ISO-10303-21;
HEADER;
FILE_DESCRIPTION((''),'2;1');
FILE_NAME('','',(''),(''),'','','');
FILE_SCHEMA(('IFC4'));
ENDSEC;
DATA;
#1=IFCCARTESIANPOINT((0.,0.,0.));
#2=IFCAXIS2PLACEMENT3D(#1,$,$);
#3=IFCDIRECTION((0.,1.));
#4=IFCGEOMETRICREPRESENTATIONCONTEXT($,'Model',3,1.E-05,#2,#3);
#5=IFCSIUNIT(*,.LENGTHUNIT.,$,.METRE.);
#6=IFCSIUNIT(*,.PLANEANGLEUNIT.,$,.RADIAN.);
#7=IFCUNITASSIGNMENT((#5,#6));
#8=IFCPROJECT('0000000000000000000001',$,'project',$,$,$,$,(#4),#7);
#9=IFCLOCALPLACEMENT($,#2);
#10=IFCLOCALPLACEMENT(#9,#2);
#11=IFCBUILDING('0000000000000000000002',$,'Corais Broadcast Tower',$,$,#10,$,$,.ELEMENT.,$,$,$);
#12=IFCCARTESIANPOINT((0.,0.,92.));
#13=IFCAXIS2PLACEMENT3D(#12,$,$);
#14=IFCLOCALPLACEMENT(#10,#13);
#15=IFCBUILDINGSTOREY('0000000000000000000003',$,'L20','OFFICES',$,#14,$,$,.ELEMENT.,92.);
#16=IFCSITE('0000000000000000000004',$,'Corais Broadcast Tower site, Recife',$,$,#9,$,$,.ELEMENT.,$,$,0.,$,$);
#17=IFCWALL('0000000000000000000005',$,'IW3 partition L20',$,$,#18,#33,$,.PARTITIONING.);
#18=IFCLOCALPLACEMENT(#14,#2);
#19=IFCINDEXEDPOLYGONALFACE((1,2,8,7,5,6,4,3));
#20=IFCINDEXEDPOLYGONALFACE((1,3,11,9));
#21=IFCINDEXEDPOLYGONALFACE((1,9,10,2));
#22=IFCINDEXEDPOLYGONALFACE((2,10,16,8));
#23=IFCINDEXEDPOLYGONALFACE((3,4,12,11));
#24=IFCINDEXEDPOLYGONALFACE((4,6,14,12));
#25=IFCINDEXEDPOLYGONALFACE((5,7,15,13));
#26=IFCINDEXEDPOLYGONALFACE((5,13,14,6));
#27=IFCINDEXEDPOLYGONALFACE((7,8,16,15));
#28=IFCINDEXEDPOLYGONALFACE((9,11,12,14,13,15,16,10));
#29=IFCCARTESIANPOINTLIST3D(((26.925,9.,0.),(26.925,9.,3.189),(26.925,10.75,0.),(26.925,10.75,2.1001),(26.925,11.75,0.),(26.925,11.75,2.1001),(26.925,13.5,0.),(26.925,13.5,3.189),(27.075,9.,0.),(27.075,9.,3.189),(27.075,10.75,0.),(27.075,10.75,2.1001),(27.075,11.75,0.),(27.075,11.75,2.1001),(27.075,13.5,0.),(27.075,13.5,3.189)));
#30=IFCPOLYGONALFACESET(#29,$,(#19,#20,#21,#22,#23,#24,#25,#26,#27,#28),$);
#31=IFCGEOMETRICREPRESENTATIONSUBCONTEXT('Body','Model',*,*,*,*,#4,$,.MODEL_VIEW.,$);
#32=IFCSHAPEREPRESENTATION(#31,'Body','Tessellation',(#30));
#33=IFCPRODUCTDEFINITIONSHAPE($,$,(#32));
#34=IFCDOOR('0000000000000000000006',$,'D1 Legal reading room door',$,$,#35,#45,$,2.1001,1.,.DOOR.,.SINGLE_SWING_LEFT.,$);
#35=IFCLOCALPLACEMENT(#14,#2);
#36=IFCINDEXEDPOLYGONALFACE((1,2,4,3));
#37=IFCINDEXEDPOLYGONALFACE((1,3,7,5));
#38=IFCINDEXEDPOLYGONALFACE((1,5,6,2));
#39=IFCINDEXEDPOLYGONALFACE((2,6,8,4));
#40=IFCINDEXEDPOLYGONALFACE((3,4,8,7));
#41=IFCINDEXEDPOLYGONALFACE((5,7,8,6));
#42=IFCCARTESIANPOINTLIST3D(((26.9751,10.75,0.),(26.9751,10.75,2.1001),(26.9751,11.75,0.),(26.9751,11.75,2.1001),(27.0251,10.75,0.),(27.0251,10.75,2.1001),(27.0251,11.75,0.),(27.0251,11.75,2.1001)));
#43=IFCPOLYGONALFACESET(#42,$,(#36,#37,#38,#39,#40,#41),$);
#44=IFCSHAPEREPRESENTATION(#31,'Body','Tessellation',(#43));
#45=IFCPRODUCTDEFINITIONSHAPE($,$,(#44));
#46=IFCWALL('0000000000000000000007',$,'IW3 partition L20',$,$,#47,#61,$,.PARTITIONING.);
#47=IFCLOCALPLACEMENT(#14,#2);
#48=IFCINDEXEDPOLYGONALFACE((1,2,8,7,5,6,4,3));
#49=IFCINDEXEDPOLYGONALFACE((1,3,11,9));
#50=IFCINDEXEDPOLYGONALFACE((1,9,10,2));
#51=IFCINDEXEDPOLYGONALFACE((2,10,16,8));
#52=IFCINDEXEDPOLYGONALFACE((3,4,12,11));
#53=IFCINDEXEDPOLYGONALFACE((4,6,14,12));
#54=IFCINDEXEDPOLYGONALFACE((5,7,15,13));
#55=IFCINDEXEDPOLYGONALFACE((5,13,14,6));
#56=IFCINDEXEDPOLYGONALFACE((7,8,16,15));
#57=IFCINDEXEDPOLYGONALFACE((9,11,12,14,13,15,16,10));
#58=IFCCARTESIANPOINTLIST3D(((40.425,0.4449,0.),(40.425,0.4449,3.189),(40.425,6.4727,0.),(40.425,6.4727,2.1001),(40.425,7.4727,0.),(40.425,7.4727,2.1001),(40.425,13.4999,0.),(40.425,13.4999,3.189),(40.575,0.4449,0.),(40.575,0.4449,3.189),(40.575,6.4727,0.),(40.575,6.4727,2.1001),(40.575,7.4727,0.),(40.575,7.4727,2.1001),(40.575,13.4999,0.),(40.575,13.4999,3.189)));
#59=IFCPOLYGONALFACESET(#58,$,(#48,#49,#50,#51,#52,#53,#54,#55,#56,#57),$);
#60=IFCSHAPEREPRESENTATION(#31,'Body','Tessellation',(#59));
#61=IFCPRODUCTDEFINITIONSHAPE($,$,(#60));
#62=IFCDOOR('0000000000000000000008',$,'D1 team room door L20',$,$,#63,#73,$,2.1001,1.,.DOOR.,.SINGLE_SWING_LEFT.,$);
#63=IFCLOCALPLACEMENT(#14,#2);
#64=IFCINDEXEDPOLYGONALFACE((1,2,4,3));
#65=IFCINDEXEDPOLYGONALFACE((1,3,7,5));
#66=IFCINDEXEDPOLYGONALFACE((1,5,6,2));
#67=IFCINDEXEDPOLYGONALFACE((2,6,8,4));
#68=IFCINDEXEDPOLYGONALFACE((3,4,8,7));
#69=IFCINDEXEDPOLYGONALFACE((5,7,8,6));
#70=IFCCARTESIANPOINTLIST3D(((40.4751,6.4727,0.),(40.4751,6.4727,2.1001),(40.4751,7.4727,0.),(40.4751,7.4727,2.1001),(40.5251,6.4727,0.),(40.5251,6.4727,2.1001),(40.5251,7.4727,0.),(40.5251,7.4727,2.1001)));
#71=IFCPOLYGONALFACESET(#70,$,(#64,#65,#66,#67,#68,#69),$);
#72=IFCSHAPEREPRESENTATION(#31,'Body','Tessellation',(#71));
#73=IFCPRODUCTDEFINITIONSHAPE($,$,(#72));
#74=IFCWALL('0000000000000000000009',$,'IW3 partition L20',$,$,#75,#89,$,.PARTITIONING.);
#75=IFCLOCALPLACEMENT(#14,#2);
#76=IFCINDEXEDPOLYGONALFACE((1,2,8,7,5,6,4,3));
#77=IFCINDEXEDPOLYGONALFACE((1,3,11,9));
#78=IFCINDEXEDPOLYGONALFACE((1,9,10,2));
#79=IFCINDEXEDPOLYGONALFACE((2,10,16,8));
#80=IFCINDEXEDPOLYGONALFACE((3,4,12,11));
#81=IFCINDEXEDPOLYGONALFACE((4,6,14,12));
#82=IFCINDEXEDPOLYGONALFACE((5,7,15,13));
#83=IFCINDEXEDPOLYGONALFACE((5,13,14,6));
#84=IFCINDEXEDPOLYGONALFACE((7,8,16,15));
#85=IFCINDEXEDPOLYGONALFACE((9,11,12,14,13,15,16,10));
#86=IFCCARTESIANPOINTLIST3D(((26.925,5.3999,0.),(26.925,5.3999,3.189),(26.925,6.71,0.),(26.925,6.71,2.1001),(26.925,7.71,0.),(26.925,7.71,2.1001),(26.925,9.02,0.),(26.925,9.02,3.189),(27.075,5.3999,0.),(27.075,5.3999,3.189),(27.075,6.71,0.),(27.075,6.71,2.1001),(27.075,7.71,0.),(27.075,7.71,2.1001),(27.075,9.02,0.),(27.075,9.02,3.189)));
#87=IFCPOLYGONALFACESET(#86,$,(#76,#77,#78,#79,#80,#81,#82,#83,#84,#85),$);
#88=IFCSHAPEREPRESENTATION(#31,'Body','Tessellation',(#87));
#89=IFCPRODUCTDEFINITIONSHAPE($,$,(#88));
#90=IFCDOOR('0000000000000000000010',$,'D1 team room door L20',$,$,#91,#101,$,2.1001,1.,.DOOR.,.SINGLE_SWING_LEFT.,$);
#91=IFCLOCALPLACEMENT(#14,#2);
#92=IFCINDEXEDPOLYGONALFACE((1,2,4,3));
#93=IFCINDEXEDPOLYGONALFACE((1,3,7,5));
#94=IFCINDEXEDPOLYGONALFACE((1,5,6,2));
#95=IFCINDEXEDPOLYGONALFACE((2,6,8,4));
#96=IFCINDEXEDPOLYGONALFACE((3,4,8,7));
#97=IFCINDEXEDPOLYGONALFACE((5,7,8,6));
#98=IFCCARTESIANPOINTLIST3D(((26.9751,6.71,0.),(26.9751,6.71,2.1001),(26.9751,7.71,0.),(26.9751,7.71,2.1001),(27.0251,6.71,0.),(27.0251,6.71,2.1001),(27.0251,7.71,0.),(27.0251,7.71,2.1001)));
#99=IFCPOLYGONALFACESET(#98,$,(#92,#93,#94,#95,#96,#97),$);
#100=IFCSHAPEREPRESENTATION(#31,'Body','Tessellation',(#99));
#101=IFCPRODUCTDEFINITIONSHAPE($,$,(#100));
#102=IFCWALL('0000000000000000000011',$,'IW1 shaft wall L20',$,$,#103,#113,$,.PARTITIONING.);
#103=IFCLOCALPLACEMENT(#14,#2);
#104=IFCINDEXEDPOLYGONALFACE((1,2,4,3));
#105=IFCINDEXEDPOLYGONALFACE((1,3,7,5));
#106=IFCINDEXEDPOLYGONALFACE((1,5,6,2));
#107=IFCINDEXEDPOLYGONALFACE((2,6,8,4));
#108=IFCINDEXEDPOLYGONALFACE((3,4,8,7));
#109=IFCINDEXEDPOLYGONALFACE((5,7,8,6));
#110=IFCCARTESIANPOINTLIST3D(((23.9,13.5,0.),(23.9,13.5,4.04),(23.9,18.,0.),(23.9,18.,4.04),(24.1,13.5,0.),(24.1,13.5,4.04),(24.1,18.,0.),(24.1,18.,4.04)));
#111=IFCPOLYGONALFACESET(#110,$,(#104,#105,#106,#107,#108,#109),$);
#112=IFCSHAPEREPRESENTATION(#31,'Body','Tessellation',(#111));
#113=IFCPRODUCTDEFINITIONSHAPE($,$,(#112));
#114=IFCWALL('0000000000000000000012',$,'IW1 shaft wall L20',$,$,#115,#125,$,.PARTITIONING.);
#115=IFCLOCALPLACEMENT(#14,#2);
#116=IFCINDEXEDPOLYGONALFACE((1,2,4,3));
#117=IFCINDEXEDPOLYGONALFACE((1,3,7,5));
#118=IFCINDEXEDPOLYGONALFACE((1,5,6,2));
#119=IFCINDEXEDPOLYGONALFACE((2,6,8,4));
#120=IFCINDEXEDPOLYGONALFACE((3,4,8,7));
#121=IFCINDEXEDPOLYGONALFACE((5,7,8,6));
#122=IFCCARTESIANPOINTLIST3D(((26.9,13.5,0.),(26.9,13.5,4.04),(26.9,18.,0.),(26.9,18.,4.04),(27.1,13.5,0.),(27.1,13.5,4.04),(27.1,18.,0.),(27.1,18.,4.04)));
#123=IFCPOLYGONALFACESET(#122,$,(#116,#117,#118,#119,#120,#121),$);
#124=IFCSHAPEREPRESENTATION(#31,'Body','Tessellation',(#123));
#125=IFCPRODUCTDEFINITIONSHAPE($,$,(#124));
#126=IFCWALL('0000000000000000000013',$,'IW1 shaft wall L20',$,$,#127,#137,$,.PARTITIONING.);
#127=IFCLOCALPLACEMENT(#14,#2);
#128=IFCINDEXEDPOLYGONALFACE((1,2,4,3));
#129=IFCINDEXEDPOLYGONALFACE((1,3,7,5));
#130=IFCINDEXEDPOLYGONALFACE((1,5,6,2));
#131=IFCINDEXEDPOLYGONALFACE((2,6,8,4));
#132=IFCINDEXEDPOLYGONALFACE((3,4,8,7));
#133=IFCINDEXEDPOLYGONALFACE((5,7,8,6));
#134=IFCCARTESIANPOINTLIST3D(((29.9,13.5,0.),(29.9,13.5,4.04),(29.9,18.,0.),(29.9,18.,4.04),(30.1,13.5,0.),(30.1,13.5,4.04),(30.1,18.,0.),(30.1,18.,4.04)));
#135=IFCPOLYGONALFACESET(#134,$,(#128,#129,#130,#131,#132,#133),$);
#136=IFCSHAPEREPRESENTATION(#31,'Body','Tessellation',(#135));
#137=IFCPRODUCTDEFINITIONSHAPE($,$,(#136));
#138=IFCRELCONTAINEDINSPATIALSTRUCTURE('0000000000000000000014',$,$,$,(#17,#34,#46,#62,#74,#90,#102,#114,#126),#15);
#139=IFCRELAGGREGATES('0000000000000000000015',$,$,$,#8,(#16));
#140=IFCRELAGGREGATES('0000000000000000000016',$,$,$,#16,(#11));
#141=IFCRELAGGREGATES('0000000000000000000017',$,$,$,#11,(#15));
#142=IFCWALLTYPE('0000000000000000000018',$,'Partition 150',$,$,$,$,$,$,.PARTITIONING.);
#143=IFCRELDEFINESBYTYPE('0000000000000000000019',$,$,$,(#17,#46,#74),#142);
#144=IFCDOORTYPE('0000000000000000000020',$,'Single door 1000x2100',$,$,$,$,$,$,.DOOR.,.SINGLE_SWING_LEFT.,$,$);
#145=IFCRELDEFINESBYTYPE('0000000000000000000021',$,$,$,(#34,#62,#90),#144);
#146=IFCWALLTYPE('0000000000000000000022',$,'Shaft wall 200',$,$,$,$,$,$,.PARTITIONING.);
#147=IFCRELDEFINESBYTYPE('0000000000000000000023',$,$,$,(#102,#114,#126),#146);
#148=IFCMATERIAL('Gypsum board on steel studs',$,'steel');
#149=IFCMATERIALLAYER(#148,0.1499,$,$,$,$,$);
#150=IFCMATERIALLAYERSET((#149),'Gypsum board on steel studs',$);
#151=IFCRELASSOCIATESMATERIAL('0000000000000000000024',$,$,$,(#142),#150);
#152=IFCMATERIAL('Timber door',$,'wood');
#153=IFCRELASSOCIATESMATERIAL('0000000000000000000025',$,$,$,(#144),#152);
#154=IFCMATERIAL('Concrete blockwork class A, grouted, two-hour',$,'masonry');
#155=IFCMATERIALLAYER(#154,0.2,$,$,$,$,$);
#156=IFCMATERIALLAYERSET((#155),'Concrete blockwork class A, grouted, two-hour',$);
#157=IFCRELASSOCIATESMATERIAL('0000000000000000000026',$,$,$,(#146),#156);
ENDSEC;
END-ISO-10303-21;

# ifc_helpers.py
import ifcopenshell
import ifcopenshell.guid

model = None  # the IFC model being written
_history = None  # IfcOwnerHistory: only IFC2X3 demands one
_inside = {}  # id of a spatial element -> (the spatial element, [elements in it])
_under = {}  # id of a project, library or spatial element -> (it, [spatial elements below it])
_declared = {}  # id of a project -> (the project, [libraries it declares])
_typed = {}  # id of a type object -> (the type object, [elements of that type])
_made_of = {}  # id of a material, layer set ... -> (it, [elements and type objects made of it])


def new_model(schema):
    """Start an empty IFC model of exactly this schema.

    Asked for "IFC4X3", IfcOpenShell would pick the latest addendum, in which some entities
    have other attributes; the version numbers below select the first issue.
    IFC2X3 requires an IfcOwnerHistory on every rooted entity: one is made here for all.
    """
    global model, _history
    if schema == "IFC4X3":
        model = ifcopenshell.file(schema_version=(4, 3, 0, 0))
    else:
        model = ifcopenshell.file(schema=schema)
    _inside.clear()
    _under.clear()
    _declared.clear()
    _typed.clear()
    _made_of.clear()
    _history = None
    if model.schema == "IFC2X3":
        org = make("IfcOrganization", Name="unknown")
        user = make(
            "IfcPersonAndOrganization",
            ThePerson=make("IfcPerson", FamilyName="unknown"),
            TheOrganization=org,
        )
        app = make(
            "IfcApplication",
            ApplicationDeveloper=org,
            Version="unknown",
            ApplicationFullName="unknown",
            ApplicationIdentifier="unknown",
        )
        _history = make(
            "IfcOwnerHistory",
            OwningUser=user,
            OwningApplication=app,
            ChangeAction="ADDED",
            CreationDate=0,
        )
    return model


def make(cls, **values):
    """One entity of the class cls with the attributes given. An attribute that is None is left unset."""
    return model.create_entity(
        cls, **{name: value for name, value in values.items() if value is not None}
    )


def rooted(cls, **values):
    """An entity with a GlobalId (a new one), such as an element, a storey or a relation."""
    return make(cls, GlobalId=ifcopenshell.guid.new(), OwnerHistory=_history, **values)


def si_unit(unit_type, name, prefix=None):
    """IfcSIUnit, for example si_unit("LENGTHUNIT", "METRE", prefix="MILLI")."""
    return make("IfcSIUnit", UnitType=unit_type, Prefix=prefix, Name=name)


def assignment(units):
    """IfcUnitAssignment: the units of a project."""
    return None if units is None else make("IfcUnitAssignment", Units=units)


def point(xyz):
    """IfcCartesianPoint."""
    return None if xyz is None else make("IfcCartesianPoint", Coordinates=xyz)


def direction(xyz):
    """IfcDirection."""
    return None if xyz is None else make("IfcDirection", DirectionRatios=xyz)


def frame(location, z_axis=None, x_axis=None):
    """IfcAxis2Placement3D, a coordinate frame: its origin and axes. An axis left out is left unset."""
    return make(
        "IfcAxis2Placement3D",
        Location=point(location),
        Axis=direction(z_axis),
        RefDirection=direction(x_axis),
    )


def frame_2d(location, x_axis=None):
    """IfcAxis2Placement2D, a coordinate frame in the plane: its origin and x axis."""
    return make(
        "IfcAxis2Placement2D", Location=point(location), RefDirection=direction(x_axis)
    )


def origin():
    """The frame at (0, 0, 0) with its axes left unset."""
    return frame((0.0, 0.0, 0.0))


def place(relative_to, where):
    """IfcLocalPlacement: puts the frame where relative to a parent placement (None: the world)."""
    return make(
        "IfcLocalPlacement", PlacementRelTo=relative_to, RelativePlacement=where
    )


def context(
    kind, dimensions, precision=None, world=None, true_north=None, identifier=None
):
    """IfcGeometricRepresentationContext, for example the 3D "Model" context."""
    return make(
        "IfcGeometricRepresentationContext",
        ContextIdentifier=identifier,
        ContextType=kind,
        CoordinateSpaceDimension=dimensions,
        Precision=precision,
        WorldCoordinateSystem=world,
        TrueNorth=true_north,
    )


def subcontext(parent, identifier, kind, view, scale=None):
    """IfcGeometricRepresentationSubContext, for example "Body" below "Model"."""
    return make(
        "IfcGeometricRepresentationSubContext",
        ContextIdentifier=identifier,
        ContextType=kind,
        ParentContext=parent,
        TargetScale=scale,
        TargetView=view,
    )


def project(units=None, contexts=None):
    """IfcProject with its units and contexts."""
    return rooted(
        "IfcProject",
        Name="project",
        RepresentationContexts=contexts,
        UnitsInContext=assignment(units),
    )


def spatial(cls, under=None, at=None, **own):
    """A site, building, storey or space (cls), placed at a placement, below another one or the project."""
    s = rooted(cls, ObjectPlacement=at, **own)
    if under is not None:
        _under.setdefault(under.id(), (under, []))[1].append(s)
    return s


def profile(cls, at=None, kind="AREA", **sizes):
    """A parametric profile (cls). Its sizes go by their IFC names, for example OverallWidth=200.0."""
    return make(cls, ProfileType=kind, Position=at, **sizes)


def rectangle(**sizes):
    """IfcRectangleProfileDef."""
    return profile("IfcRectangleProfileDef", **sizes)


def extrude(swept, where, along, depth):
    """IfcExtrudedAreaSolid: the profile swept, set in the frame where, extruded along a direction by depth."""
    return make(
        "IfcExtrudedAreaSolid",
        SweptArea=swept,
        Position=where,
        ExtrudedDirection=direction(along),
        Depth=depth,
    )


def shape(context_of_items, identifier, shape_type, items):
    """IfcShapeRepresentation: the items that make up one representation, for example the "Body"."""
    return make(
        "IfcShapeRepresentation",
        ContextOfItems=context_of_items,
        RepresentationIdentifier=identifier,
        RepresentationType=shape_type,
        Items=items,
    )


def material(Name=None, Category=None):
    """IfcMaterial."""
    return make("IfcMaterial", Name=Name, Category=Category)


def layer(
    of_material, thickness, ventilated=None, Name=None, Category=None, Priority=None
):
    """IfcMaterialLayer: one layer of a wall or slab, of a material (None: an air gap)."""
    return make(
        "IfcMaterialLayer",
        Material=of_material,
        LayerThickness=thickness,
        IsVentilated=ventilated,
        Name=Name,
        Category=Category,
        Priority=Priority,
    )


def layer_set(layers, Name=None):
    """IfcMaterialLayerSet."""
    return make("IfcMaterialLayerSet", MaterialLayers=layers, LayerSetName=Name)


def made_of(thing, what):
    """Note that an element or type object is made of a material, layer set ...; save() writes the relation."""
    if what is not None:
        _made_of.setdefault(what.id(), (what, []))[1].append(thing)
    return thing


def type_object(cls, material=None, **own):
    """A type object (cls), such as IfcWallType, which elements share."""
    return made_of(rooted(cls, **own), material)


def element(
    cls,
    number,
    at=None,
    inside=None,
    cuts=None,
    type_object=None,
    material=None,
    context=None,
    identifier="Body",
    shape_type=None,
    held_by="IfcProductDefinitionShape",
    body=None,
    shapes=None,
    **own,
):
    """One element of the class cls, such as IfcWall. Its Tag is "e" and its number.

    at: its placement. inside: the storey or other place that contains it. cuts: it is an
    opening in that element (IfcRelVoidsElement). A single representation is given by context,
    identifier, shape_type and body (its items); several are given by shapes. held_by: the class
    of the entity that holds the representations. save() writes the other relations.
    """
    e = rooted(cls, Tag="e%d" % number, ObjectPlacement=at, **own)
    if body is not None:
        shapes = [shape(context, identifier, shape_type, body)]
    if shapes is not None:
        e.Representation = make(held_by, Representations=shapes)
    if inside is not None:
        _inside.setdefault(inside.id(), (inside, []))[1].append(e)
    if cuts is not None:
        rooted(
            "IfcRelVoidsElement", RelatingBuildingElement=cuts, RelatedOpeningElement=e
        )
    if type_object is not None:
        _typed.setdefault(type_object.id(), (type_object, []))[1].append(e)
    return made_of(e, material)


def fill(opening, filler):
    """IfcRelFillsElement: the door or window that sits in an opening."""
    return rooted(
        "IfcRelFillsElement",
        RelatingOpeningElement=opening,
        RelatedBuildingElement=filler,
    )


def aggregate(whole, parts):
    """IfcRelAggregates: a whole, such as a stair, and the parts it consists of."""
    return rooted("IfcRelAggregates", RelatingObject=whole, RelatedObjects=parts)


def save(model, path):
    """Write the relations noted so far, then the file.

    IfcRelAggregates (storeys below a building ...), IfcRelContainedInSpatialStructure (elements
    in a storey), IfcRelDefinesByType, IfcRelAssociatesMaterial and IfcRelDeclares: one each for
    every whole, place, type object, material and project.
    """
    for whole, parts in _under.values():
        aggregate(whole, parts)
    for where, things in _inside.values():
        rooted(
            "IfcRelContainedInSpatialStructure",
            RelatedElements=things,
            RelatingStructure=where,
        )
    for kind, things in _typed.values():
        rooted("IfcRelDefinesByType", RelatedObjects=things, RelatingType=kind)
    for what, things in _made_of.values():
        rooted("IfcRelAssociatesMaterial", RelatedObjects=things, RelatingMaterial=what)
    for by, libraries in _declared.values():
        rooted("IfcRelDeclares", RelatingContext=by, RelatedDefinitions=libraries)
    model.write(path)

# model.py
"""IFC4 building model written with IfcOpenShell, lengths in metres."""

from ifc_helpers import new_model, si_unit, direction, frame, frame_2d, origin, place, context, subcontext, project, spatial, rectangle, extrude, material, layer, layer_set, type_object, element, fill, save


model = new_model("IFC4")

# Units and contexts
model_context = context("Model", 3, precision=1e-05, world=origin(), true_north=direction((0.0, 1.0)))
body_context = subcontext(model_context, "Body", "Model", "MODEL_VIEW")
ifc_project = project(units=[si_unit("LENGTHUNIT", "METRE"), si_unit("PLANEANGLEUNIT", "RADIAN")], contexts=[model_context])

# Site, building, storey
site_placement = place(None, origin())
site = spatial("IfcSite", under=ifc_project, at=site_placement, Name="Corais Broadcast Tower site, Recife", CompositionType="ELEMENT", RefElevation=0.0)
building_placement = place(site_placement, origin())
building = spatial("IfcBuilding", under=site, at=building_placement, Name="Corais Broadcast Tower", CompositionType="ELEMENT")
storey_placement = place(building_placement, frame((0.0, 0.0, 92.0)))
storey = spatial("IfcBuildingStorey", under=building, at=storey_placement, Name="L20", Description="OFFICES", CompositionType="ELEMENT", Elevation=92.0)

# Shared definitions
ifc_material_1 = material(Name="Gypsum board on steel studs", Category="steel")
ifc_layer_1 = layer(ifc_material_1, 0.1499)
ifc_layer_set_1 = layer_set([ifc_layer_1], Name="Gypsum board on steel studs")
wall_type_1 = type_object("IfcWallType", Name="Partition 150", PredefinedType="PARTITIONING", material=ifc_layer_set_1)

# Shared definitions
ifc_material_2 = material(Name="Timber door", Category="wood")
door_type = type_object("IfcDoorType", Name="Single door 1000x2100", OperationType="SINGLE_SWING_LEFT", PredefinedType="DOOR", material=ifc_material_2)

# Walls, openings, doors
wall_1_placement = place(storey_placement, frame((27.0, 9.0, 0.0), z_axis=(0.0, 0.0, 1.0), x_axis=(0.0, 1.0, 0.0)))
wall_1 = element("IfcWall", 1, at=wall_1_placement, inside=storey, type_object=wall_type_1, Name="IW3 partition L20", PredefinedType="PARTITIONING", context=body_context, shape_type="SweptSolid", body=[
    extrude(rectangle(XDim=4.5, YDim=0.1499, at=frame_2d((2.25, 0.0))), origin(), (0.0, 0.0, 1.0), 3.189),
])
opening_1_placement = place(wall_1_placement, frame((1.75, 0.0, 0.0)))
opening_1 = element("IfcOpeningElement", 2, at=opening_1_placement, cuts=wall_1, PredefinedType="OPENING", context=body_context, shape_type="SweptSolid", body=[
    extrude(rectangle(XDim=1.0, YDim=2.1001, at=frame_2d((0.5, 1.05))), frame((0.0, 0.085, 0.0), z_axis=(0.0, -1.0, 0.0), x_axis=(1.0, 0.0, 0.0)), (0.0, 0.0, 1.0), 0.1699),
])
door_1_placement = place(opening_1_placement, origin())
door_1 = element("IfcDoor", 3, at=door_1_placement, inside=storey, type_object=door_type, Name="D1 Legal reading room door", OperationType="SINGLE_SWING_LEFT", OverallHeight=2.1001, OverallWidth=1.0, PredefinedType="DOOR", context=body_context, shape_type="SweptSolid", body=[
    extrude(rectangle(XDim=1.0, YDim=2.1001, at=frame_2d((0.5, 1.05))), frame((0.0, 0.0249, 0.0), z_axis=(0.0, -1.0, 0.0), x_axis=(1.0, 0.0, 0.0)), (0.0, 0.0, 1.0), 0.05),
])
fill(opening_1, door_1)
wall_2_placement = place(storey_placement, frame((40.5, 0.4451, 0.0), z_axis=(0.0, 0.0, 1.0), x_axis=(0.0, 1.0, 0.0)))
wall_2 = element("IfcWall", 4, at=wall_2_placement, inside=storey, type_object=wall_type_1, Name="IW3 partition L20", PredefinedType="PARTITIONING", context=body_context, shape_type="SweptSolid", body=[
    extrude(rectangle(XDim=13.0549, YDim=0.1499, at=frame_2d((6.5273, 0.0))), origin(), (0.0, 0.0, 1.0), 3.189),
])
opening_2_placement = place(wall_2_placement, frame((6.0276, 0.0, 0.0)))
opening_2 = element("IfcOpeningElement", 5, at=opening_2_placement, cuts=wall_2, PredefinedType="OPENING", context=body_context, shape_type="SweptSolid", body=[
    extrude(rectangle(XDim=1.0, YDim=2.1001, at=frame_2d((0.5, 1.05))), frame((0.0, 0.085, 0.0), z_axis=(0.0, -1.0, 0.0), x_axis=(1.0, 0.0, 0.0)), (0.0, 0.0, 1.0), 0.1699),
])
door_2_placement = place(opening_2_placement, origin())
door_2 = element("IfcDoor", 6, at=door_2_placement, inside=storey, type_object=door_type, Name="D1 team room door L20", OperationType="SINGLE_SWING_LEFT", OverallHeight=2.1001, OverallWidth=1.0, PredefinedType="DOOR", context=body_context, shape_type="SweptSolid", body=[
    extrude(rectangle(XDim=1.0, YDim=2.1001, at=frame_2d((0.5, 1.05))), frame((0.0, 0.0249, 0.0), z_axis=(0.0, -1.0, 0.0), x_axis=(1.0, 0.0, 0.0)), (0.0, 0.0, 1.0), 0.05),
])
fill(opening_2, door_2)
wall_3_placement = place(storey_placement, frame((27.0, 5.3999, 0.0), z_axis=(0.0, 0.0, 1.0), x_axis=(0.0, 1.0, 0.0)))
wall_3 = element("IfcWall", 7, at=wall_3_placement, inside=storey, type_object=wall_type_1, Name="IW3 partition L20", PredefinedType="PARTITIONING", context=body_context, shape_type="SweptSolid", body=[
    extrude(rectangle(XDim=3.6201, YDim=0.1499, at=frame_2d((1.8101, 0.0))), origin(), (0.0, 0.0, 1.0), 3.189),
])
opening_3_placement = place(wall_3_placement, frame((1.3101, 0.0, 0.0)))
opening_3 = element("IfcOpeningElement", 8, at=opening_3_placement, cuts=wall_3, PredefinedType="OPENING", context=body_context, shape_type="SweptSolid", body=[
    extrude(rectangle(XDim=1.0, YDim=2.1001, at=frame_2d((0.5, 1.05))), frame((0.0, 0.085, 0.0), z_axis=(0.0, -1.0, 0.0), x_axis=(1.0, 0.0, 0.0)), (0.0, 0.0, 1.0), 0.1699),
])
door_3_placement = place(opening_3_placement, origin())
door_3 = element("IfcDoor", 9, at=door_3_placement, inside=storey, type_object=door_type, Name="D1 team room door L20", OperationType="SINGLE_SWING_LEFT", OverallHeight=2.1001, OverallWidth=1.0, PredefinedType="DOOR", context=body_context, shape_type="SweptSolid", body=[
    extrude(rectangle(XDim=1.0, YDim=2.1001, at=frame_2d((0.5, 1.05))), frame((0.0, 0.0249, 0.0), z_axis=(0.0, -1.0, 0.0), x_axis=(1.0, 0.0, 0.0)), (0.0, 0.0, 1.0), 0.05),
])
fill(opening_3, door_3)

# Walls
ifc_material_3 = material(Name="Concrete blockwork class A, grouted, two-hour", Category="masonry")
ifc_layer_2 = layer(ifc_material_3, 0.2)
ifc_layer_set_2 = layer_set([ifc_layer_2], Name="Concrete blockwork class A, grouted, two-hour")
wall_type_2 = type_object("IfcWallType", Name="Shaft wall 200", PredefinedType="PARTITIONING", material=ifc_layer_set_2)
for number, where, z_axis, x_axis, name in (
    (10, (24.0, 13.5, 0.0), (0.0, 0.0, 1.0), (0.0, 1.0, 0.0), "IW1 shaft wall L20"),
    (11, (27.0, 13.5, 0.0), (0.0, 0.0, 1.0), (0.0, 1.0, 0.0), "IW1 shaft wall L20"),
    (12, (30.0, 13.5, 0.0), (0.0, 0.0, 1.0), (0.0, 1.0, 0.0), "IW1 shaft wall L20"),
):
    element("IfcWall", number, at=place(storey_placement, frame(where, z_axis=z_axis, x_axis=x_axis)), inside=storey, type_object=wall_type_2, Name=name, PredefinedType="PARTITIONING", context=body_context, shape_type="SweptSolid", body=[
        extrude(rectangle(XDim=4.5, YDim=0.2, at=frame_2d((2.25, 0.0))), origin(), (0.0, 0.0, 1.0), 4.04),
    ])

save(model, "model.ifc")
